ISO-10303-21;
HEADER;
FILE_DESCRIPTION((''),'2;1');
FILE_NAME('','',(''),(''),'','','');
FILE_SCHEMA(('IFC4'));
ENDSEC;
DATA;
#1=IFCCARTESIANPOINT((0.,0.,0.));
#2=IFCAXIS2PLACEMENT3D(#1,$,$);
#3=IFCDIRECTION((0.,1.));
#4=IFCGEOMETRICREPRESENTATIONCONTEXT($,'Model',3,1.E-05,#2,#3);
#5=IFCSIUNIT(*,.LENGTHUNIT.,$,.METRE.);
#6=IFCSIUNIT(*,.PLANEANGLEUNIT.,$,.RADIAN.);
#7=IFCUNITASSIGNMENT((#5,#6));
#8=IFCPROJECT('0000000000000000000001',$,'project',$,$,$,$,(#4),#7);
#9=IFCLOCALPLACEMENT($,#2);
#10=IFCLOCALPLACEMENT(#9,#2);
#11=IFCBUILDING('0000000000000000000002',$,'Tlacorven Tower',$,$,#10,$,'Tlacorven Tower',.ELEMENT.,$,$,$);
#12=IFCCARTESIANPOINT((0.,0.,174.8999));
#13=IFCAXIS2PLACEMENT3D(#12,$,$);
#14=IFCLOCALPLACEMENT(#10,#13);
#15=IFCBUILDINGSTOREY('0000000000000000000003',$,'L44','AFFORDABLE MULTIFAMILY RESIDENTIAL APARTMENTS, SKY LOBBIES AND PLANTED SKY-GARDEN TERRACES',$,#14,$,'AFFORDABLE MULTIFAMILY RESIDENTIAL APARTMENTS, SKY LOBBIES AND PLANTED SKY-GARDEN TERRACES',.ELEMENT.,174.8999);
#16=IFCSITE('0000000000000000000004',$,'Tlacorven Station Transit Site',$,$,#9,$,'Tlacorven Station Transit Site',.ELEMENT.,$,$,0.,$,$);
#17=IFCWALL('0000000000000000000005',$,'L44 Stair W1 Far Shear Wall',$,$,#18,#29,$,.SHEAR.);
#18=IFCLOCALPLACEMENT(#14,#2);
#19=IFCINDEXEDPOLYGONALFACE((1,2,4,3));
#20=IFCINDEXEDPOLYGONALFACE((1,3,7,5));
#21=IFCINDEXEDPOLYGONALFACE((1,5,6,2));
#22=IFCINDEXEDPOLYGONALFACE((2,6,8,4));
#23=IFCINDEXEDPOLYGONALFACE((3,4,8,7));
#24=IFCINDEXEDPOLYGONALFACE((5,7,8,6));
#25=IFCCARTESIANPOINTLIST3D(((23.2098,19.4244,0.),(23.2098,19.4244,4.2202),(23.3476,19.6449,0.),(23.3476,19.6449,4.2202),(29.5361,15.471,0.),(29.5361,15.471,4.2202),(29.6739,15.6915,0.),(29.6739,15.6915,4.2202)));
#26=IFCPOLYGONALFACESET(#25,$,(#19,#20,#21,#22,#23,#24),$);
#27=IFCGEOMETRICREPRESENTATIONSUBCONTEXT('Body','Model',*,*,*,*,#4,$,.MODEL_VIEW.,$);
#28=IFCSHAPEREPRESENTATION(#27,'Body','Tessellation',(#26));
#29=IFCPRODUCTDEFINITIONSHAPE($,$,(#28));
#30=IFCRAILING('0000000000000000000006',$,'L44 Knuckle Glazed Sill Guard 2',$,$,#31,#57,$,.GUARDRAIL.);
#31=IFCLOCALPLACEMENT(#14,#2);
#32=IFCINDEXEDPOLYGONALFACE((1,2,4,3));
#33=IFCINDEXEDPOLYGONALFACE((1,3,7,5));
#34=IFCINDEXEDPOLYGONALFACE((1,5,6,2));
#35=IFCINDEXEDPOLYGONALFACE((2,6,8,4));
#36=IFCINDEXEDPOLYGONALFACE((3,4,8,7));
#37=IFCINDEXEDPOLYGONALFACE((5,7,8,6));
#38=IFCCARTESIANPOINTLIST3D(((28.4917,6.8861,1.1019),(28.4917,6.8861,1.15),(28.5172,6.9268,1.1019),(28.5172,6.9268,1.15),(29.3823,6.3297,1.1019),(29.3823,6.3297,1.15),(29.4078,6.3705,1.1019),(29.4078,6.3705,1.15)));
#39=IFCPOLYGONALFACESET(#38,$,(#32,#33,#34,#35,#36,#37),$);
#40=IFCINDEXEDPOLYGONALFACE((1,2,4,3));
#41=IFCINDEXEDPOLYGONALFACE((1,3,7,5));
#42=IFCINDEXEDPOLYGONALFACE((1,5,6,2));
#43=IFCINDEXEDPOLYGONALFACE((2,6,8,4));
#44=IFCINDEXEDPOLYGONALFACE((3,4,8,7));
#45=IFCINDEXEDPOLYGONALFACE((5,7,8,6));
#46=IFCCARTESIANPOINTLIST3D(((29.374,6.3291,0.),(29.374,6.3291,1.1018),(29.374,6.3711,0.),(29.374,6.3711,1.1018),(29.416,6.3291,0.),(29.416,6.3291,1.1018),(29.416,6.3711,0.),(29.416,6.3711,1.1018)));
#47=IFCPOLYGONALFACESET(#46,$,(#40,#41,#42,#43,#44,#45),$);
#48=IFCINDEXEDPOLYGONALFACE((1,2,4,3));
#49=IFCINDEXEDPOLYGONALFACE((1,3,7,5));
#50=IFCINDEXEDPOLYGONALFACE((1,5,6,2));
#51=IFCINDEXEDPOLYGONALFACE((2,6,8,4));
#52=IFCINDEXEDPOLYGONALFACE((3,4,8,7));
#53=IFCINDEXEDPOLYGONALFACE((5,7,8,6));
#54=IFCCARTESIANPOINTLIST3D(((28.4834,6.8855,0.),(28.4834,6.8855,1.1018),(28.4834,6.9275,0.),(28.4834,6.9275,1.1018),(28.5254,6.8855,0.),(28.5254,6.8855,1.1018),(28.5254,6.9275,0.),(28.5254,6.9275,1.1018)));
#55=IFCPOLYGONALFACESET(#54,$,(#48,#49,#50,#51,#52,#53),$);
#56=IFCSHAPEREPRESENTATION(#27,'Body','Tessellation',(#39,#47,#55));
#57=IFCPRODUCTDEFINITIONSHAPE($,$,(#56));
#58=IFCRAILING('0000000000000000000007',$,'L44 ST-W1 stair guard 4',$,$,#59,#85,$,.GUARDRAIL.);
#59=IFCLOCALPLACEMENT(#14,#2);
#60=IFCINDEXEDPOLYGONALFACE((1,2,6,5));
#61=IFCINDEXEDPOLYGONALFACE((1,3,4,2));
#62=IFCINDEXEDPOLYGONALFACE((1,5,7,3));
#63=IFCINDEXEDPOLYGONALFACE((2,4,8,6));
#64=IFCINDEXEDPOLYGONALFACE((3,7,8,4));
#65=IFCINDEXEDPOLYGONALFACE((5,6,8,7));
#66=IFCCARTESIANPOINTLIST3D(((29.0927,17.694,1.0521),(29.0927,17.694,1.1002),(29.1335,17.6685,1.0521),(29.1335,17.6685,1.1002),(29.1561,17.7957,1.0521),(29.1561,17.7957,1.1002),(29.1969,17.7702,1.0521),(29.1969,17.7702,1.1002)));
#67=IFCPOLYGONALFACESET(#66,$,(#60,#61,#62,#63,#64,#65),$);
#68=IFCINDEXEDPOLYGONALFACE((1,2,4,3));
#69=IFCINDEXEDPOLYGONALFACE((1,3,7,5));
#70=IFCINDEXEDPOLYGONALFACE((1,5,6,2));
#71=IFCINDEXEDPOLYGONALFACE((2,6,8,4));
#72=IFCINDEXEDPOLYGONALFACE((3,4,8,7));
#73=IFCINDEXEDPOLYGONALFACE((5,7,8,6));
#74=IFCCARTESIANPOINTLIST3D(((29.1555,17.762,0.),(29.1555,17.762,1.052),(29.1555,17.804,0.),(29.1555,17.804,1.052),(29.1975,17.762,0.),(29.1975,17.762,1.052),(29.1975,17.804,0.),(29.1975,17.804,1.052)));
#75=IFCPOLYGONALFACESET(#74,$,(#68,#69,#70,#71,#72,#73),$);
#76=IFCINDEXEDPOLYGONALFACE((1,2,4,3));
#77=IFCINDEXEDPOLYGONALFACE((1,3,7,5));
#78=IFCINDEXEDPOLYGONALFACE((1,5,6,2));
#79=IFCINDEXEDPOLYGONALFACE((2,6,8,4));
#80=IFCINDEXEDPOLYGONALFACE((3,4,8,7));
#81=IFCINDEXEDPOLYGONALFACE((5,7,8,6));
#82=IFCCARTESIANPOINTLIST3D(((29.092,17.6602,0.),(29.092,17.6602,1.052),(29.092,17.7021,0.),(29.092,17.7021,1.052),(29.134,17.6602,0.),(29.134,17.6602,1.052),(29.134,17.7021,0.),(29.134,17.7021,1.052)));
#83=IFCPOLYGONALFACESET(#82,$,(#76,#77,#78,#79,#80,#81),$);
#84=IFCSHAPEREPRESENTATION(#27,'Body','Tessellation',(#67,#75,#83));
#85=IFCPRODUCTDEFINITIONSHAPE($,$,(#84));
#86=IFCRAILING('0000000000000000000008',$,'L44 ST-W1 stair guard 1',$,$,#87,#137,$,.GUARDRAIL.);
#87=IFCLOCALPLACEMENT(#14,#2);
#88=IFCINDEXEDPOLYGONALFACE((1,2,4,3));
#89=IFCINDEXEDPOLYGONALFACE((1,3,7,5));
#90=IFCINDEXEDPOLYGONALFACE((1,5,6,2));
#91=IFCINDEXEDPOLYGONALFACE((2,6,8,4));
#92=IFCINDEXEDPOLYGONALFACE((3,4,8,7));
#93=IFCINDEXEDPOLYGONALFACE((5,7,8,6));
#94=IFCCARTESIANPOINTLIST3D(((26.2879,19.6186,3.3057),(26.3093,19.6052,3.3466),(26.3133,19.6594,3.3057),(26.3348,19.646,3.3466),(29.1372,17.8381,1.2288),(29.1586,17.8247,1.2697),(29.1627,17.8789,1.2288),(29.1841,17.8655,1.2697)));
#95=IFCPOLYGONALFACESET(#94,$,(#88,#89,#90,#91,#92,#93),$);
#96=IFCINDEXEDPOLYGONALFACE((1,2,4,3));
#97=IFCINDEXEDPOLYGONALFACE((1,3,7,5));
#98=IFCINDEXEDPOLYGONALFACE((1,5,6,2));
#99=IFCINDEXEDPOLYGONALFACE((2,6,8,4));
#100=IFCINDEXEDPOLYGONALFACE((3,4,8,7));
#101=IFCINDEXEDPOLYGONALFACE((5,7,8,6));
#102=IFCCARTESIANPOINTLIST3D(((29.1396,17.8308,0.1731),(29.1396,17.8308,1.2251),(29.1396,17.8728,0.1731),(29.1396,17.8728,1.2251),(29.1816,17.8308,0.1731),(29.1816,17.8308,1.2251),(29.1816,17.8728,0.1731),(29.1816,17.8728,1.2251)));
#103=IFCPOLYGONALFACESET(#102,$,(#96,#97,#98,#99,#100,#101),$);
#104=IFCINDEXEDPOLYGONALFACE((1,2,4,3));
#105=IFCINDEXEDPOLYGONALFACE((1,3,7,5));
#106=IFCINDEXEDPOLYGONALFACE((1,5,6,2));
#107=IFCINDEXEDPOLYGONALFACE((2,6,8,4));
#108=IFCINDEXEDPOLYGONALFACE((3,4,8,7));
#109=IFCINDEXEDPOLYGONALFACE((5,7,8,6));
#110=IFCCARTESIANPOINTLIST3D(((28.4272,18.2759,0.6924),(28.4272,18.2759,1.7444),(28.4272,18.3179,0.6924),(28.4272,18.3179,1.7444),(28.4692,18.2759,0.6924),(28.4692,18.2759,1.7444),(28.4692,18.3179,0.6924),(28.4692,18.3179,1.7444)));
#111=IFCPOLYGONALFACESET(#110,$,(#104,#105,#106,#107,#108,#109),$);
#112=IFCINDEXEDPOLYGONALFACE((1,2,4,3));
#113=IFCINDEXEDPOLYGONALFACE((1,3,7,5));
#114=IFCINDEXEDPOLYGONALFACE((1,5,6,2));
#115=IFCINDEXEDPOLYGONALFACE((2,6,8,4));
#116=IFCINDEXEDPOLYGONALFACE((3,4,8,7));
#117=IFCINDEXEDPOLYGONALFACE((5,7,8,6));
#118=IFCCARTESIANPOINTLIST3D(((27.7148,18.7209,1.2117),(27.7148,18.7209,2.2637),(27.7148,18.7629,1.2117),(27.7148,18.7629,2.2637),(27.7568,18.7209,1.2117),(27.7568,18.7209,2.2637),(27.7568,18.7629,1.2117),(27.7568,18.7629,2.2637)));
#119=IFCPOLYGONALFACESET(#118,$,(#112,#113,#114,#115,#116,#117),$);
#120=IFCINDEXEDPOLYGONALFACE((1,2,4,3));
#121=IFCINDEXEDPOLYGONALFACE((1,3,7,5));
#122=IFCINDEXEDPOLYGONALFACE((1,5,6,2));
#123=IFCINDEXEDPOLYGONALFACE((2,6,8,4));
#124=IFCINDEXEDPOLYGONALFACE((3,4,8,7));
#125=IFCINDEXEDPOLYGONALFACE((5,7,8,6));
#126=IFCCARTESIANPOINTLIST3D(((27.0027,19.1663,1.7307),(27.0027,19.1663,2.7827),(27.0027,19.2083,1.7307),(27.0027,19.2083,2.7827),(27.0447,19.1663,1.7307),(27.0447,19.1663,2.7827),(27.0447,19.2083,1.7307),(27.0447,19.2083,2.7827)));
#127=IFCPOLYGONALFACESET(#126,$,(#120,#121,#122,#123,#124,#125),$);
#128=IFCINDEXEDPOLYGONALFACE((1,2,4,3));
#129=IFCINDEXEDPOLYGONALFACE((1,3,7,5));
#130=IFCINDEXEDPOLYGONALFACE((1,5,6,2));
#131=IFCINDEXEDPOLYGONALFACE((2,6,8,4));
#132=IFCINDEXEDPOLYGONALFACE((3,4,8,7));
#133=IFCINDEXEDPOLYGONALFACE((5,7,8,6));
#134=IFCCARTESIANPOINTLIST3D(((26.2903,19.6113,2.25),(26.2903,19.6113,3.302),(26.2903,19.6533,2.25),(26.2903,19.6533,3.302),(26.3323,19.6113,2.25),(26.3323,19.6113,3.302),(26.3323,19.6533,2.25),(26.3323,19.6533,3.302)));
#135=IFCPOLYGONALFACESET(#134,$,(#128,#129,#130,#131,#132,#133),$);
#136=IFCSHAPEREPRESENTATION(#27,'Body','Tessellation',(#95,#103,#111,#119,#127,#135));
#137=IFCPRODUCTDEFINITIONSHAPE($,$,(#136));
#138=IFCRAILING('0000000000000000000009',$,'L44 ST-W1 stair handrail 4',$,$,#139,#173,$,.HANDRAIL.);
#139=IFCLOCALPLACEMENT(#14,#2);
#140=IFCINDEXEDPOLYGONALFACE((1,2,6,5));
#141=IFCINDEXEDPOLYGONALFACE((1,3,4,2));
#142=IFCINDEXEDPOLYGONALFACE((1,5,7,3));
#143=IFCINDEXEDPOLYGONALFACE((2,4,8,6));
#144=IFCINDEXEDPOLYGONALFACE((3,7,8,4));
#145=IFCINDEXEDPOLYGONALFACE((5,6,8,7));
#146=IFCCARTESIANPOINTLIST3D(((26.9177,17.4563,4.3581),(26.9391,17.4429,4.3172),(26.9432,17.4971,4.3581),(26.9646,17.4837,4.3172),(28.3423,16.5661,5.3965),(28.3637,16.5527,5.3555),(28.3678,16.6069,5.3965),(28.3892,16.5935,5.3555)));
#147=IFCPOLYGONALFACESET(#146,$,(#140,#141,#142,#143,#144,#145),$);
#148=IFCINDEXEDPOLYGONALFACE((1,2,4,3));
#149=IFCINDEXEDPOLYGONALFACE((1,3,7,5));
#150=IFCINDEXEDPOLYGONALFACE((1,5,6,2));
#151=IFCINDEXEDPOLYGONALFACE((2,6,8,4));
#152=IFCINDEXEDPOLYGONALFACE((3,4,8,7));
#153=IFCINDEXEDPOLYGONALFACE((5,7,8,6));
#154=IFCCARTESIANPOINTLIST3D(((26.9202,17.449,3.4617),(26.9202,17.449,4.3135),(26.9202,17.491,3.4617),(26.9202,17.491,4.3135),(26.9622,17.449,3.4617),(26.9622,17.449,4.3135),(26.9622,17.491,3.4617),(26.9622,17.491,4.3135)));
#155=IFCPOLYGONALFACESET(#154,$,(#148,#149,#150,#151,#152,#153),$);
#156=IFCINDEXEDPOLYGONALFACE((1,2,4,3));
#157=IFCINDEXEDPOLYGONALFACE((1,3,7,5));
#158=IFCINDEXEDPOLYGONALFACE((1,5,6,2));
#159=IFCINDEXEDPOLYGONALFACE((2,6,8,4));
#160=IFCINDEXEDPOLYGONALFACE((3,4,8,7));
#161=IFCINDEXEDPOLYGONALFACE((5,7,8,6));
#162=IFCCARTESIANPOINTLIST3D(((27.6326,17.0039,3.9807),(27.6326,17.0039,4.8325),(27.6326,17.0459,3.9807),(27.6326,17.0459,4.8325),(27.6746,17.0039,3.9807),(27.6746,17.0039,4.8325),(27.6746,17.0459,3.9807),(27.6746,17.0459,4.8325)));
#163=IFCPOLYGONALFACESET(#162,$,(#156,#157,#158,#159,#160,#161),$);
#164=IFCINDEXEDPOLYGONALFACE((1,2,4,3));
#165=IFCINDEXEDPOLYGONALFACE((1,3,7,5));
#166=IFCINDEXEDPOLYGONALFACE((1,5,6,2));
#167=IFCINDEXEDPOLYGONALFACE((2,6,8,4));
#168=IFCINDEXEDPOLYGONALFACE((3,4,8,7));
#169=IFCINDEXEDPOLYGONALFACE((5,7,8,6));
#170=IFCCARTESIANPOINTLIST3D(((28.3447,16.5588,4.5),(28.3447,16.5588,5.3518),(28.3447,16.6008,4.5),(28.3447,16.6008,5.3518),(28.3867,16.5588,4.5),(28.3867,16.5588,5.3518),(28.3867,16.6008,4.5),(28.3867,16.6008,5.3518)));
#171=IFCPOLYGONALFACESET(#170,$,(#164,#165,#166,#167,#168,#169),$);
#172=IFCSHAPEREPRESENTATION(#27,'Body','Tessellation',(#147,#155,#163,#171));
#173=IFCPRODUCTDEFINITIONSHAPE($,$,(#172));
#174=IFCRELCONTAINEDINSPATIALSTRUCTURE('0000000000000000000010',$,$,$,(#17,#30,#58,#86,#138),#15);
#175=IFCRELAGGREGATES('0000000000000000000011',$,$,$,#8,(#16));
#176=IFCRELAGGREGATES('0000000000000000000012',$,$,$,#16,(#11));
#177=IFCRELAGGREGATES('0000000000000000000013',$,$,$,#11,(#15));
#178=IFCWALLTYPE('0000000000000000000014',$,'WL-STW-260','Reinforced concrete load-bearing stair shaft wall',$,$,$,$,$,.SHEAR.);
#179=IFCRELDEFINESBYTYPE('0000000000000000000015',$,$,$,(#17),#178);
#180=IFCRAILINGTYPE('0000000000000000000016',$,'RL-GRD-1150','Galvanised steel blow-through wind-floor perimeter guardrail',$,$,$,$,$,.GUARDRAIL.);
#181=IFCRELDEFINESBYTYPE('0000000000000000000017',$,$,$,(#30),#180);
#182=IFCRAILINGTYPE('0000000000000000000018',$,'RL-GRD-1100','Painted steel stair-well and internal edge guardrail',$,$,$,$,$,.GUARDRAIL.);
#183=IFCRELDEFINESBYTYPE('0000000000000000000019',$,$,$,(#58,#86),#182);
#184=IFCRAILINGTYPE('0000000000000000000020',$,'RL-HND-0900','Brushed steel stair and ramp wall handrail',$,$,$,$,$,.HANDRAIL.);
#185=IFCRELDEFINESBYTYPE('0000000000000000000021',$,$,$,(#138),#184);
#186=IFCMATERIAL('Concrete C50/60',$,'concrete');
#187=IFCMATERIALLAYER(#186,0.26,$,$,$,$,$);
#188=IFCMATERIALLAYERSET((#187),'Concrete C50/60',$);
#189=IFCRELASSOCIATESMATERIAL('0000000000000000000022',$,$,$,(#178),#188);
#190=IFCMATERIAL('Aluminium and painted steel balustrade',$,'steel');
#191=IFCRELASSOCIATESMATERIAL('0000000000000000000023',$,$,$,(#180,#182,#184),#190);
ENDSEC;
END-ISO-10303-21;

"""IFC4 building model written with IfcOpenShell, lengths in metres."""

from ifc_helpers import new_model, si_unit, direction, frame, frame_2d, origin, origin_2d, place, context, subcontext, project, spatial, rectangle, extrude, source, transform, mapped, material, layer, layer_set, type_object, element, save


model = new_model("IFC4")

# Units and contexts
model_context = context("Model", 3, precision=1e-05, world=origin(), true_north=direction((0.0, 1.0)))
body_context = subcontext(model_context, "Body", "Model", "MODEL_VIEW")
ifc_project = project(units=[si_unit("LENGTHUNIT", "METRE"), si_unit("PLANEANGLEUNIT", "RADIAN")], contexts=[model_context])

# Site, building, storey
site_placement = place(None, origin())
site = spatial("IfcSite", under=ifc_project, at=site_placement, Name="Tlacorven Station Transit Site", LongName="Tlacorven Station Transit Site", CompositionType="ELEMENT", RefElevation=0.0)
building_placement = place(site_placement, origin())
building = spatial("IfcBuilding", under=site, at=building_placement, Name="Tlacorven Tower", LongName="Tlacorven Tower", CompositionType="ELEMENT")
storey_placement = place(building_placement, frame((0.0, 0.0, 174.8999)))
storey = spatial("IfcBuildingStorey", under=building, at=storey_placement, Name="L44", Description="AFFORDABLE MULTIFAMILY RESIDENTIAL APARTMENTS, SKY LOBBIES AND PLANTED SKY-GARDEN TERRACES", LongName="AFFORDABLE MULTIFAMILY RESIDENTIAL APARTMENTS, SKY LOBBIES AND PLANTED SKY-GARDEN TERRACES", CompositionType="ELEMENT", Elevation=174.8999)

# Wall
ifc_material_1 = material(Name="Concrete C50/60", Category="concrete")
ifc_layer_1 = layer(ifc_material_1, 0.26)
ifc_layer_set_1 = layer_set([ifc_layer_1], Name="Concrete C50/60")
wall_type_1 = type_object("IfcWallType", Name="WL-STW-260", Description="Reinforced concrete load-bearing stair shaft wall", PredefinedType="SHEAR", material=ifc_layer_set_1)
wall_1_placement = place(storey_placement, frame((29.605, 15.5813, 0.0), z_axis=(0.0, 0.0, 1.0), x_axis=(-0.848037, 0.529937, 0.0)))
element("IfcWall", 1, at=wall_1_placement, inside=storey, type_object=wall_type_1, Name="L44 Stair W1 Far Shear Wall", PredefinedType="SHEAR", context=body_context, shape_type="SweptSolid", body=[
    extrude(rectangle(XDim=7.46, YDim=0.26, at=frame_2d((3.73, 0.0))), origin(), (0.0, 0.0, 1.0), 4.2202),
])

# Railings
ifc_material_2 = material(Name="Aluminium and painted steel balustrade", Category="steel")
railing_type_1 = type_object("IfcRailingType", Name="RL-GRD-1150", Description="Galvanised steel blow-through wind-floor perimeter guardrail", PredefinedType="GUARDRAIL", material=ifc_material_2)
shared_shape_1 = source(origin(), body_context, "Body", "SweptSolid", [
    extrude(rectangle(XDim=0.0481, YDim=0.0481, at=origin_2d()), frame((0.0, 0.0, 1.126), z_axis=(-0.848103, 0.529832, 0.0), x_axis=(-0.529832, -0.848103, 0.0)), (0.0, 0.0, 1.0), 1.05),
    extrude(rectangle(XDim=0.042, YDim=0.042, at=origin_2d()), origin(), (0.0, 0.0, 1.0), 1.1018),
    extrude(rectangle(XDim=0.042, YDim=0.042, at=origin_2d()), frame((-0.8906, 0.5564, 0.0)), (0.0, 0.0, 1.0), 1.1018),
])
railing_1_placement = place(storey_placement, frame((29.395, 6.3501, 0.0)))
element("IfcRailing", 2, at=railing_1_placement, inside=storey, type_object=railing_type_1, Name="L44 Knuckle Glazed Sill Guard 2", PredefinedType="GUARDRAIL", context=body_context, shape_type="MappedRepresentation", body=[
    mapped(shared_shape_1, transform((0.0, 0.0, 0.0), scale=1.0)),
])
railing_type_2 = type_object("IfcRailingType", Name="RL-GRD-1100", Description="Painted steel stair-well and internal edge guardrail", PredefinedType="GUARDRAIL", material=ifc_material_2)
shared_shape_2 = source(origin(), body_context, "Body", "SweptSolid", [
    extrude(rectangle(XDim=0.0481, YDim=0.0481, at=origin_2d()), frame((0.0, 0.0, 1.0762), z_axis=(-0.529084, -0.848569, 0.0), x_axis=(0.848569, -0.529084, 0.0)), (0.0, 0.0, 1.0), 0.1199),
    extrude(rectangle(XDim=0.042, YDim=0.042, at=origin_2d()), origin(), (0.0, 0.0, 1.0), 1.052),
    extrude(rectangle(XDim=0.042, YDim=0.042, at=origin_2d()), frame((-0.0635, -0.1018, 0.0)), (0.0, 0.0, 1.0), 1.052),
])
railing_2_placement = place(storey_placement, frame((29.1765, 17.783, 0.0)))
element("IfcRailing", 3, at=railing_2_placement, inside=storey, type_object=railing_type_2, Name="L44 ST-W1 stair guard 4", PredefinedType="GUARDRAIL", context=body_context, shape_type="MappedRepresentation", body=[
    mapped(shared_shape_2, transform((0.0, 0.0, 0.0), scale=1.0)),
])
shared_shape_3 = source(origin(), body_context, "Body", "SweptSolid", [
    extrude(rectangle(XDim=0.0481, YDim=0.0481, at=origin_2d()), frame((0.0, 0.0, 1.0762), z_axis=(-0.721355, 0.450762, 0.525796), x_axis=(-0.529927, -0.848043, 0.0)), (0.0, 0.0, 1.0), 3.95),
    extrude(rectangle(XDim=0.042, YDim=0.042, at=origin_2d()), origin(), (0.0, 0.0, 1.0), 1.052),
    extrude(rectangle(XDim=0.042, YDim=0.042, at=origin_2d()), frame((-0.7124, 0.4451, 0.5193)), (0.0, 0.0, 1.0), 1.052),
    extrude(rectangle(XDim=0.042, YDim=0.042, at=origin_2d()), frame((-1.4248, 0.8901, 1.0386)), (0.0, 0.0, 1.0), 1.052),
    extrude(rectangle(XDim=0.042, YDim=0.042, at=origin_2d()), frame((-2.137, 1.3354, 1.5576)), (0.0, 0.0, 1.0), 1.052),
    extrude(rectangle(XDim=0.042, YDim=0.042, at=origin_2d()), frame((-2.8494, 1.7805, 2.0769)), (0.0, 0.0, 1.0), 1.052),
])
railing_3_placement = place(storey_placement, frame((29.1606, 17.8518, 0.1731)))
element("IfcRailing", 4, at=railing_3_placement, inside=storey, type_object=railing_type_2, Name="L44 ST-W1 stair guard 1", PredefinedType="GUARDRAIL", context=body_context, shape_type="MappedRepresentation", body=[
    mapped(shared_shape_3, transform((0.0, 0.0, 0.0), scale=1.0)),
])
railing_type_3 = type_object("IfcRailingType", Name="RL-HND-0900", Description="Brushed steel stair and ramp wall handrail", PredefinedType="HANDRAIL", material=ifc_material_2)
shared_shape_4 = source(origin(), body_context, "Body", "SweptSolid", [
    extrude(rectangle(XDim=0.0481, YDim=0.0481, at=origin_2d()), frame((0.0, 0.0, 0.876), z_axis=(0.721369, -0.450747, 0.525789), x_axis=(0.529907, 0.848055, 0.0)), (0.0, 0.0, 1.0), 1.9749),
    extrude(rectangle(XDim=0.042, YDim=0.042, at=origin_2d()), origin(), (0.0, 0.0, 1.0), 0.8518),
    extrude(rectangle(XDim=0.042, YDim=0.042, at=origin_2d()), frame((0.7124, -0.4451, 0.519)), (0.0, 0.0, 1.0), 0.8518),
    extrude(rectangle(XDim=0.042, YDim=0.042, at=origin_2d()), frame((1.4246, -0.8901, 1.0383)), (0.0, 0.0, 1.0), 0.8518),
])
railing_4_placement = place(storey_placement, frame((26.9412, 17.47, 3.4617)))
element("IfcRailing", 5, at=railing_4_placement, inside=storey, type_object=railing_type_3, Name="L44 ST-W1 stair handrail 4", PredefinedType="HANDRAIL", context=body_context, shape_type="MappedRepresentation", body=[
    mapped(shared_shape_4, transform((0.0, 0.0, 0.0), scale=1.0)),
])

save(model, "model.ifc")
